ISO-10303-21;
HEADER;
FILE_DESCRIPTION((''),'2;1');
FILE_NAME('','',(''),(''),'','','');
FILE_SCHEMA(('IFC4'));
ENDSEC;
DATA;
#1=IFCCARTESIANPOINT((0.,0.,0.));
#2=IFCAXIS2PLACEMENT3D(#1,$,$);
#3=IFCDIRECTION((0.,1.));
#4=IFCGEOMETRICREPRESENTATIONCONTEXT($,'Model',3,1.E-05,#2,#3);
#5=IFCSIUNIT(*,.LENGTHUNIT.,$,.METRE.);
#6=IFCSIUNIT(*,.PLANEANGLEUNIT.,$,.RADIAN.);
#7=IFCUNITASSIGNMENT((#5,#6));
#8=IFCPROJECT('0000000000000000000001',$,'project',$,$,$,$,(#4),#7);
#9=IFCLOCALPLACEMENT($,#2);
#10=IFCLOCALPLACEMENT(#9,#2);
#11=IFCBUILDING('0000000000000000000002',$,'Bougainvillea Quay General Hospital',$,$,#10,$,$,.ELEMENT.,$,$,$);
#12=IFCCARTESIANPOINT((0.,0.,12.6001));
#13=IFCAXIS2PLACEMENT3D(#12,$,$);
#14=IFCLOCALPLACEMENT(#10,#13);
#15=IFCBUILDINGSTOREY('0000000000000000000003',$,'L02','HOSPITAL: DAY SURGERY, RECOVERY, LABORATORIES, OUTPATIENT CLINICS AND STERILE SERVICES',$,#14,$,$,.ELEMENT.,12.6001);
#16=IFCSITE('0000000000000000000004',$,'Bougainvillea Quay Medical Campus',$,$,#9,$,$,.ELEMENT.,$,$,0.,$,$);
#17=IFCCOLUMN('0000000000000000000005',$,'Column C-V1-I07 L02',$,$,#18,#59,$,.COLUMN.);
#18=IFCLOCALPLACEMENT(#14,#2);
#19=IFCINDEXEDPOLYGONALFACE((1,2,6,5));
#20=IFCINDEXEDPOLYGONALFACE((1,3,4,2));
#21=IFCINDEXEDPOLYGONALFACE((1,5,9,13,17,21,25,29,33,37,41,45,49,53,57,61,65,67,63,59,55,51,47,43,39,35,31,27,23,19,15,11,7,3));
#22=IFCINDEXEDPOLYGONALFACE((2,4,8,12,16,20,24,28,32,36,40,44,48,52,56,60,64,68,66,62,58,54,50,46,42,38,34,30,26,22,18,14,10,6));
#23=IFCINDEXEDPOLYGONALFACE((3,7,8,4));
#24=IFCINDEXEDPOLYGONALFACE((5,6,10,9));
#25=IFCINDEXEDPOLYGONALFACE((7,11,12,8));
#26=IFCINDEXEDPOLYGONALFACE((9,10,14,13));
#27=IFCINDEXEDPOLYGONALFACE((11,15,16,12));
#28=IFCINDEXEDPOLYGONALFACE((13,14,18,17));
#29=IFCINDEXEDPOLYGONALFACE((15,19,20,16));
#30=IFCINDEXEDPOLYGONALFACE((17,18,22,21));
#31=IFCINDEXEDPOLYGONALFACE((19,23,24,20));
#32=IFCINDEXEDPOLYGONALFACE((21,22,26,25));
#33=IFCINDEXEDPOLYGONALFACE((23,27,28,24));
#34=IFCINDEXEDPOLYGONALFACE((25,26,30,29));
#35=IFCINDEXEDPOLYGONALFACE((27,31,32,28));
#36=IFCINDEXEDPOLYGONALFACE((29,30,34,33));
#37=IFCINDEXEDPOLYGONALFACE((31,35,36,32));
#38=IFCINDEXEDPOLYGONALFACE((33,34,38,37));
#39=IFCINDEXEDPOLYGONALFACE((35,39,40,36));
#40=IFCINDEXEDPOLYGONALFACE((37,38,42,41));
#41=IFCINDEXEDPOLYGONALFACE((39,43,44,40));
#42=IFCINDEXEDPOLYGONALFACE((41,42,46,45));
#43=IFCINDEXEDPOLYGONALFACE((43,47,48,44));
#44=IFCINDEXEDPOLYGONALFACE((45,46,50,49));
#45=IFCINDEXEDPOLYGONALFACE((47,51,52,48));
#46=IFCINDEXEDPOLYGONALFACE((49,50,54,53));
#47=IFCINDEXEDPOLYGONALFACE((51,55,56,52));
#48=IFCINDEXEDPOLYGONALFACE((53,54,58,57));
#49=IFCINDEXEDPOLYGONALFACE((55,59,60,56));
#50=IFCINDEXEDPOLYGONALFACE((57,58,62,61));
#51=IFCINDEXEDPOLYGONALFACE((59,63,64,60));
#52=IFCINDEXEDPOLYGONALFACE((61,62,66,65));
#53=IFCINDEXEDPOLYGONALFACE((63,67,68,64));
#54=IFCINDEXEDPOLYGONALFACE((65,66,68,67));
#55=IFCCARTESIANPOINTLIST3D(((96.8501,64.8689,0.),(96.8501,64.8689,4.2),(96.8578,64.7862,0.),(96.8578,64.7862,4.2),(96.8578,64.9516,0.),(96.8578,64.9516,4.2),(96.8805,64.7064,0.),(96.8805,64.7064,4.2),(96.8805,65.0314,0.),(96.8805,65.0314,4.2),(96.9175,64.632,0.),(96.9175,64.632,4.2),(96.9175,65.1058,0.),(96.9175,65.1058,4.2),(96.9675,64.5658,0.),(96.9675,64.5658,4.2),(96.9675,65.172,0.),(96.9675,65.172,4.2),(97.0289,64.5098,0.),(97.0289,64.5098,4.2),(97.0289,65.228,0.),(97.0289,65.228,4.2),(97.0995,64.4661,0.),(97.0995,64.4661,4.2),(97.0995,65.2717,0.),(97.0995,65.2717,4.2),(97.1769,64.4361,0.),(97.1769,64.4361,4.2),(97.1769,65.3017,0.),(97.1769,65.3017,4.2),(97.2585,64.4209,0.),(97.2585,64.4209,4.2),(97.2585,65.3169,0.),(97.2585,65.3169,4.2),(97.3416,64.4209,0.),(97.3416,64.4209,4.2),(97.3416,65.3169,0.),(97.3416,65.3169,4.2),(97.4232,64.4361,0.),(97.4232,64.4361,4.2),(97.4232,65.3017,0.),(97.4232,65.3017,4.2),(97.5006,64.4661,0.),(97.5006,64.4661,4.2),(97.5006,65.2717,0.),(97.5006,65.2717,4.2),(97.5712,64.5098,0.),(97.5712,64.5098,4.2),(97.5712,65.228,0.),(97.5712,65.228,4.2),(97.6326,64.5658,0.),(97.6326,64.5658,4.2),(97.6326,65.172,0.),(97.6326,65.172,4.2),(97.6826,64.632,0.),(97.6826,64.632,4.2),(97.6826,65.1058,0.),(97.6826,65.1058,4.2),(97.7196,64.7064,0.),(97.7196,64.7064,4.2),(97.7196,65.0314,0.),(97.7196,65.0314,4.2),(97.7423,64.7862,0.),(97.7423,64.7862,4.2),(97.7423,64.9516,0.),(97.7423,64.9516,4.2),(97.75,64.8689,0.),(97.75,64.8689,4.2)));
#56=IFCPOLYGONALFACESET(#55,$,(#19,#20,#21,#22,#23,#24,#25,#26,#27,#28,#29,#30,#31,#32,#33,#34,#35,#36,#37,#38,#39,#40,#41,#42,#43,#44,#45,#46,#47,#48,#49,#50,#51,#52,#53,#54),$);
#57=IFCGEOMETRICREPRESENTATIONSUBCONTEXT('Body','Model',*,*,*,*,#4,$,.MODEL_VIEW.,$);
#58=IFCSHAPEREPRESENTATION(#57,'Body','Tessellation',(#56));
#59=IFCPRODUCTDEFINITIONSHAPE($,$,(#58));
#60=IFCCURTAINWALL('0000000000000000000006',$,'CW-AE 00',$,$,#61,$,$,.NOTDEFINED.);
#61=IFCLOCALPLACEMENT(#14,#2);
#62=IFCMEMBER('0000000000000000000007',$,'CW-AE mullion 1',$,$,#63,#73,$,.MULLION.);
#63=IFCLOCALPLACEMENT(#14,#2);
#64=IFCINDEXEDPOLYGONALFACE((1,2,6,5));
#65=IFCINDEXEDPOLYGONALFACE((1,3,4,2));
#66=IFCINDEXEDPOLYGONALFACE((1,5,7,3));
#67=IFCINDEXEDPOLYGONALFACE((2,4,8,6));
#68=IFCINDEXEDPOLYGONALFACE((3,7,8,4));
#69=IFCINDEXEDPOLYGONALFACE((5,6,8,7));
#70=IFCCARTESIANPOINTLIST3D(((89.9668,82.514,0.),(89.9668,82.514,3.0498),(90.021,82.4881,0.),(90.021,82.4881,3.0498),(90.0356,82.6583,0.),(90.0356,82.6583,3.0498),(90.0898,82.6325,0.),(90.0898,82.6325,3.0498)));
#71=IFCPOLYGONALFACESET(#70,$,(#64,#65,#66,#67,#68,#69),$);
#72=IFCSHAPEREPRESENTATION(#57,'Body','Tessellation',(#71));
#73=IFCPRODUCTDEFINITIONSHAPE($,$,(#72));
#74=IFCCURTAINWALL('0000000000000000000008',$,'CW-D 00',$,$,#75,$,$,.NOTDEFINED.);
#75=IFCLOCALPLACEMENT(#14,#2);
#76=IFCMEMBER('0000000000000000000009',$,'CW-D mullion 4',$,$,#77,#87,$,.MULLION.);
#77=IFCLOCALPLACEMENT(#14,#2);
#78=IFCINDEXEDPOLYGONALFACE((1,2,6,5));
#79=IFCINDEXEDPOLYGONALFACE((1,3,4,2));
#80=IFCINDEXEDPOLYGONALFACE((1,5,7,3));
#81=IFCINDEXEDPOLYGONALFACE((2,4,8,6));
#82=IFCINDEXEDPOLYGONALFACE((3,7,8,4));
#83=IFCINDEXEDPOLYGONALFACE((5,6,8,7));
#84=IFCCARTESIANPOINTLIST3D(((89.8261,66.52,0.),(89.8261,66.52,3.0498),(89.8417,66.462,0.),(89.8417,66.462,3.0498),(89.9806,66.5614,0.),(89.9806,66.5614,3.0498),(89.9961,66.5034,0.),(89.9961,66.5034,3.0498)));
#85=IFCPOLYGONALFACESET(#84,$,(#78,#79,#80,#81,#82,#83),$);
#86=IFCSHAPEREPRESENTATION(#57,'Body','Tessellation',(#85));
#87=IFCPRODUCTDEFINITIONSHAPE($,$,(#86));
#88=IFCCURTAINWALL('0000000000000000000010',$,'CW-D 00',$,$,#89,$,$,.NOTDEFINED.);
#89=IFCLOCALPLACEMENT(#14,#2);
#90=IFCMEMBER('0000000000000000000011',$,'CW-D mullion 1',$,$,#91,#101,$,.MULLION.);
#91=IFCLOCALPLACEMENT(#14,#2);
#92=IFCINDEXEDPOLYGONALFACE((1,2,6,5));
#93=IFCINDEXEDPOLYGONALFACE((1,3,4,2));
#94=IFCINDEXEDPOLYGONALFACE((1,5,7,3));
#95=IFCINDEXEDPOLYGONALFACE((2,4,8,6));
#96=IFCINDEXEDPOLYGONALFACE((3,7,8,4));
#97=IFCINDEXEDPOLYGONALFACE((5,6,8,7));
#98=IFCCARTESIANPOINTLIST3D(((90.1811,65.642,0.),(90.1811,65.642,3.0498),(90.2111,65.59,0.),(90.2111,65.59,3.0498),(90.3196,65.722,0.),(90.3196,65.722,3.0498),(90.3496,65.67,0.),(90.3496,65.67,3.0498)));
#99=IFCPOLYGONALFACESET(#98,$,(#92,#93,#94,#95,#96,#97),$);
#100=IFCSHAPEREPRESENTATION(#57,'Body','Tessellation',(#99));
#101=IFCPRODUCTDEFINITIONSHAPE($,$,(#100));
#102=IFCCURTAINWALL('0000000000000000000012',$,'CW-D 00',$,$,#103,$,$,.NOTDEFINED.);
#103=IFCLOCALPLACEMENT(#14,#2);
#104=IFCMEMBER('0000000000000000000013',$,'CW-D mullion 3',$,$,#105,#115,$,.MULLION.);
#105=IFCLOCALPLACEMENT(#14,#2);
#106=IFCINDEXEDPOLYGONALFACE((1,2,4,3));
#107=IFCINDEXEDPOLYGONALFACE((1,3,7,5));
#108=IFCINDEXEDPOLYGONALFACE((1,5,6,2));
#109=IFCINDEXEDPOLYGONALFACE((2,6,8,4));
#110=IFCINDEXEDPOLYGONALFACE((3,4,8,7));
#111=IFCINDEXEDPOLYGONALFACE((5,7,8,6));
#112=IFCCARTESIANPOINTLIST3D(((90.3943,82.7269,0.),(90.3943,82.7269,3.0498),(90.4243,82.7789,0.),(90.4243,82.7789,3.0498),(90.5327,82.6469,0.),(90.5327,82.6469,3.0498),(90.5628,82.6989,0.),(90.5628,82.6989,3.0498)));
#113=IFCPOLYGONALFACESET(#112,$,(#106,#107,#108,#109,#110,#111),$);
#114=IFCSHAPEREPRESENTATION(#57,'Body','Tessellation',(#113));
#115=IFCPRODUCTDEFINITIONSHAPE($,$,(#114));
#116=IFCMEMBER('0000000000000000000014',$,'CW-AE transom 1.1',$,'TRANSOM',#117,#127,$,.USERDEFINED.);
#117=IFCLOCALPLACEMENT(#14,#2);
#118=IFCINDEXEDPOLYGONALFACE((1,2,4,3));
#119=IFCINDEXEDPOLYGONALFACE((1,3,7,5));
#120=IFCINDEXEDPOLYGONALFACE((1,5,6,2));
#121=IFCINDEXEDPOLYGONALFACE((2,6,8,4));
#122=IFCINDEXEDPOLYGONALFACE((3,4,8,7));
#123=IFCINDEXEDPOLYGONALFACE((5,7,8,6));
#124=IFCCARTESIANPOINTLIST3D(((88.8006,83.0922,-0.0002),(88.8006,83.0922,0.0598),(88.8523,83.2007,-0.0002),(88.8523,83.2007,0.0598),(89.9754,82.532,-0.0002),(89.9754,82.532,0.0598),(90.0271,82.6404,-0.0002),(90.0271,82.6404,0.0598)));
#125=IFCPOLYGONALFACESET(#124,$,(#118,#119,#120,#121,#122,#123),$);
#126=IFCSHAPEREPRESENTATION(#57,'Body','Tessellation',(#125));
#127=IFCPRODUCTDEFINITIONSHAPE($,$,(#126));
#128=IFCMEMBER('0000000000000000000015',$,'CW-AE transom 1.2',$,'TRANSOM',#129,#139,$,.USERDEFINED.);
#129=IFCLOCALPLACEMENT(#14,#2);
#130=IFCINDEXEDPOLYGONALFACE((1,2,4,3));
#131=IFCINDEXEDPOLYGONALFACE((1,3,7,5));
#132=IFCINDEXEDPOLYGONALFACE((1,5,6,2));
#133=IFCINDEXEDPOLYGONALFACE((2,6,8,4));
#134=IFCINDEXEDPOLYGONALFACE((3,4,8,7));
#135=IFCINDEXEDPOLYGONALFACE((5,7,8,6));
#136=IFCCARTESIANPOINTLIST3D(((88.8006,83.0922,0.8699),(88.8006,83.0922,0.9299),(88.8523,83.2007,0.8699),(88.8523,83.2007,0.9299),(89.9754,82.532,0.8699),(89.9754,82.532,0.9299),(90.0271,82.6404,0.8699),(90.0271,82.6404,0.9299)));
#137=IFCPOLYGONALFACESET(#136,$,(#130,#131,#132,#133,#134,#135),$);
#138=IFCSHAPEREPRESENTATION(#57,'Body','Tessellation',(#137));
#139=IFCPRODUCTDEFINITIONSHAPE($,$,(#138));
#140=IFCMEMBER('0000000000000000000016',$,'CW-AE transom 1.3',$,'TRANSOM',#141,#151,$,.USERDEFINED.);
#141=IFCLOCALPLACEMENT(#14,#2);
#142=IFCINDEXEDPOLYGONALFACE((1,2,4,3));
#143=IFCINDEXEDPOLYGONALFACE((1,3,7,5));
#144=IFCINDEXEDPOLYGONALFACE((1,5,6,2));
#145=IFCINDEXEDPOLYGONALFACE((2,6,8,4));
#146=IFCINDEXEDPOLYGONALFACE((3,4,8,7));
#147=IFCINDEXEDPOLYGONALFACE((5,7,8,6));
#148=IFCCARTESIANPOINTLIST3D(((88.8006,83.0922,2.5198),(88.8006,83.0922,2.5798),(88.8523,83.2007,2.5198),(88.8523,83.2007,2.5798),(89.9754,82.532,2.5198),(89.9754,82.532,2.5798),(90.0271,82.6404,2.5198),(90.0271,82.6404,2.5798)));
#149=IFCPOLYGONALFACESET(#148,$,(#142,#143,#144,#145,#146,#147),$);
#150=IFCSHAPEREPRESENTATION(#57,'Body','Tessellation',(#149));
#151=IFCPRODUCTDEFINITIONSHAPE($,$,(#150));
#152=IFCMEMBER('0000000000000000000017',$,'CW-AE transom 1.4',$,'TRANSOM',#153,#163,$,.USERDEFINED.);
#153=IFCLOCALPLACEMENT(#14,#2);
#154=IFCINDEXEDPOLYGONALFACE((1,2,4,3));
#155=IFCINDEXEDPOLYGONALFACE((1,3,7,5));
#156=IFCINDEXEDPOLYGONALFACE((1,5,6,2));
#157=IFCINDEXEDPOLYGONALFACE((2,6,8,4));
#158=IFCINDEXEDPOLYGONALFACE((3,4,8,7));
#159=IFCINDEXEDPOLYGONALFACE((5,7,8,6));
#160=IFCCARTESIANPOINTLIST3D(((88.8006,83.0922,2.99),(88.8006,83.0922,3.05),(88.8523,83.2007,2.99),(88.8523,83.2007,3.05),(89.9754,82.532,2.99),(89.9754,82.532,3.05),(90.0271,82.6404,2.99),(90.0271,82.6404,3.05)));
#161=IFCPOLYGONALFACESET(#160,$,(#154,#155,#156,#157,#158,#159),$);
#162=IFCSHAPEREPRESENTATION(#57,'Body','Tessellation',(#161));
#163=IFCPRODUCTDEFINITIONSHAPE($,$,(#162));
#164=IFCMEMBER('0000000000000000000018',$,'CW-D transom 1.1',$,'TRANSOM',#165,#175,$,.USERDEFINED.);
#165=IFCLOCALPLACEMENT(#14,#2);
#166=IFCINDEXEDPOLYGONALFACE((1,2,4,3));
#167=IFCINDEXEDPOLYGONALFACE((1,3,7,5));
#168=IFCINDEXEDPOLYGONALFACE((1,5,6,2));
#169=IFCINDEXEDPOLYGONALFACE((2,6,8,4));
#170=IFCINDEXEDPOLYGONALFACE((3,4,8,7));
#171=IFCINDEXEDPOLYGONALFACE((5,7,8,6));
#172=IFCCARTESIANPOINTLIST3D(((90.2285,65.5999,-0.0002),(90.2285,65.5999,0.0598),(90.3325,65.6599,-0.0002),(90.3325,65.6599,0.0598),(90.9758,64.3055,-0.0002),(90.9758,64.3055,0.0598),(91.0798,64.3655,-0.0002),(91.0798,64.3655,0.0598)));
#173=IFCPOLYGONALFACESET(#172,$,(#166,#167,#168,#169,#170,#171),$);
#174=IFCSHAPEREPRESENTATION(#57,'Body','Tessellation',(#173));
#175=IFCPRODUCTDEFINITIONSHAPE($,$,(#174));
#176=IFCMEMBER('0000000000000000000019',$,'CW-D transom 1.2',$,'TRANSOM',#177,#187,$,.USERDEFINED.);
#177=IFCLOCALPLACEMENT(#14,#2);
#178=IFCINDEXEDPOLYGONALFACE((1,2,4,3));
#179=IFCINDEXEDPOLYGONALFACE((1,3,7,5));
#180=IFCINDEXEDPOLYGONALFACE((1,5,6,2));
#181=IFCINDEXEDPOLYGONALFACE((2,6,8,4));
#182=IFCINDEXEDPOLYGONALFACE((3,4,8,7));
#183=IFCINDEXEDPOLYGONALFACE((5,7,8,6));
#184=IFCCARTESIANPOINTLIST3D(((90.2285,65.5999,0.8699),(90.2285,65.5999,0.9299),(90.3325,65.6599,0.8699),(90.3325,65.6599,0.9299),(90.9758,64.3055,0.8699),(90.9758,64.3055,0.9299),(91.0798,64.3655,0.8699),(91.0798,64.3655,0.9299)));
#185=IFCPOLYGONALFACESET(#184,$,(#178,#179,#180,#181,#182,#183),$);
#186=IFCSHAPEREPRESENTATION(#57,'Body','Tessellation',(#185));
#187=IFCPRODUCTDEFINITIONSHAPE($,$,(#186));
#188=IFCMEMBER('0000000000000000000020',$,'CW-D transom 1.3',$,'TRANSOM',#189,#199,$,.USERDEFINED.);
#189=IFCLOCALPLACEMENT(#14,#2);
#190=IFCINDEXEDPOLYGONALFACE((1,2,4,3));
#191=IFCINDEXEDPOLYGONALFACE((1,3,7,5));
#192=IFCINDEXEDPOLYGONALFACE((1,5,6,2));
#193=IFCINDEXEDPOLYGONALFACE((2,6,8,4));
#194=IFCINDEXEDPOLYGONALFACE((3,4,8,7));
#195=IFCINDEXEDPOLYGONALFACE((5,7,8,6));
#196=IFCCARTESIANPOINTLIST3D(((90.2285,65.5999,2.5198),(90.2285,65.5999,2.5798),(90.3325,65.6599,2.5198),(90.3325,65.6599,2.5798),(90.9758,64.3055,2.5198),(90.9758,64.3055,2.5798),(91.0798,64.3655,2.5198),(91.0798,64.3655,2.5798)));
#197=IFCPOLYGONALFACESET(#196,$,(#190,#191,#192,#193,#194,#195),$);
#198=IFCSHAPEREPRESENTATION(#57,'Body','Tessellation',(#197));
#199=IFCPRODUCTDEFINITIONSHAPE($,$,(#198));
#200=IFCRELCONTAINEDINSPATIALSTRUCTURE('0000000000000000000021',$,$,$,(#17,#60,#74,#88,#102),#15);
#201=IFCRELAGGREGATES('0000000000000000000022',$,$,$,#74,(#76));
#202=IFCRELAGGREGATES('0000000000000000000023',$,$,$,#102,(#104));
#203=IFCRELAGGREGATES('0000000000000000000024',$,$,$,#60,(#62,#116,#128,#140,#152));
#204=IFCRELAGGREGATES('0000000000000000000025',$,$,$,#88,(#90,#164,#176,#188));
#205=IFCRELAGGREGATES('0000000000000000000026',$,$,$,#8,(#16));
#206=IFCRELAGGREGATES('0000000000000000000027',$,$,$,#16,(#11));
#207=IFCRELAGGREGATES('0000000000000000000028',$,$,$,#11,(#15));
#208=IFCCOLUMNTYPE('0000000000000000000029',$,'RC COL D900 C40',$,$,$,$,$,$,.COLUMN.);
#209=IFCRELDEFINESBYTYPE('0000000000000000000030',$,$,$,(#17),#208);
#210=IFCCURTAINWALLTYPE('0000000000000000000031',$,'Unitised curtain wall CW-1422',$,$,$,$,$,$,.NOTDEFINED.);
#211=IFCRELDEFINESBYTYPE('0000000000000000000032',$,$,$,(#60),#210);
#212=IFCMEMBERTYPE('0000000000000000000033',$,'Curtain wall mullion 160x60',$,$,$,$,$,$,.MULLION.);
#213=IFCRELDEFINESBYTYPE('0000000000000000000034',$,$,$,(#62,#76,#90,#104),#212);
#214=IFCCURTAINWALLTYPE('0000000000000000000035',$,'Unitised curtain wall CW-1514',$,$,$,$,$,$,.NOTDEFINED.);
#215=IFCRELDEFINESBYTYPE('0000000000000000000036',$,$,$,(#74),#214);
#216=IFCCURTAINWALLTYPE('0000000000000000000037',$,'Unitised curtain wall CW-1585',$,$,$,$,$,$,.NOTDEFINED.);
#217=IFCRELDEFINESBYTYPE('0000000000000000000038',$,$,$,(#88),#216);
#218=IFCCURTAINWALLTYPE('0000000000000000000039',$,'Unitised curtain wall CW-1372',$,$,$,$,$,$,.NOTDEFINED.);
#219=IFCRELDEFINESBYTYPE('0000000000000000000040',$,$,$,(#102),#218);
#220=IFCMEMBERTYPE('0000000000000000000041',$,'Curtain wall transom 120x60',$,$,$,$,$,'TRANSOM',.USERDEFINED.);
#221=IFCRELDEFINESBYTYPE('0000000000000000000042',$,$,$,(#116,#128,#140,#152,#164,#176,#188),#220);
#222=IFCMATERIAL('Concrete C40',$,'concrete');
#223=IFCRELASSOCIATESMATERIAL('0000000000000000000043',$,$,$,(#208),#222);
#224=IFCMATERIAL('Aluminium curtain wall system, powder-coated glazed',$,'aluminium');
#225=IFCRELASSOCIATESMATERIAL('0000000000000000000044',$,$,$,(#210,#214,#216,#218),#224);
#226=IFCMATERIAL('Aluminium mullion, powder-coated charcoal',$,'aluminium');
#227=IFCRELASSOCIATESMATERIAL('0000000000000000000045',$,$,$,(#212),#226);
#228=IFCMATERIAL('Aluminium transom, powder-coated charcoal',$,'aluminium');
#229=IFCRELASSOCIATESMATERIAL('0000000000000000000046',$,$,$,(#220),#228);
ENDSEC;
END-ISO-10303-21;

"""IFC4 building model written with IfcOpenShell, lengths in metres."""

from ifc_helpers import new_model, si_unit, direction, frame, origin, origin_2d, place, context, subcontext, project, spatial, rectangle, circle, extrude, material, material_profile, profile_set, type_object, element, aggregate, save


model = new_model("IFC4")

# Units and contexts
model_context = context("Model", 3, precision=1e-05, world=origin(), true_north=direction((0.0, 1.0)))
body_context = subcontext(model_context, "Body", "Model", "MODEL_VIEW")
ifc_project = project(units=[si_unit("LENGTHUNIT", "METRE"), si_unit("PLANEANGLEUNIT", "RADIAN")], contexts=[model_context])

# Site, building, storey
site_placement = place(None, origin())
site = spatial("IfcSite", under=ifc_project, at=site_placement, Name="Bougainvillea Quay Medical Campus", CompositionType="ELEMENT", RefElevation=0.0)
building_placement = place(site_placement, origin())
building = spatial("IfcBuilding", under=site, at=building_placement, Name="Bougainvillea Quay General Hospital", CompositionType="ELEMENT")
storey_placement = place(building_placement, frame((0.0, 0.0, 12.6001)))
storey = spatial("IfcBuildingStorey", under=building, at=storey_placement, Name="L02", Description="HOSPITAL: DAY SURGERY, RECOVERY, LABORATORIES, OUTPATIENT CLINICS AND STERILE SERVICES", CompositionType="ELEMENT", Elevation=12.6001)

# Column
ifc_material_1 = material(Name="Concrete C40", Category="concrete")
ifc_material_profile_1 = material_profile(ifc_material_1, circle(Radius=0.45, at=origin_2d()))
ifc_profile_set_1 = profile_set([ifc_material_profile_1], Name="Concrete C40")
column_type = type_object("IfcColumnType", Name="RC COL D900 C40", PredefinedType="COLUMN", material=ifc_profile_set_1)
for number, where, z_axis, x_axis, name in (
    (1, (97.3, 64.8689, 0.0), (0.0, 0.0, 1.0), (1.0, 0.0, 0.0), "Column C-V1-I07 L02"),
):
    element("IfcColumn", number, at=place(storey_placement, frame(where, z_axis=z_axis, x_axis=x_axis)), inside=storey, type_object=column_type, Name=name, PredefinedType="COLUMN", context=body_context, shape_type="SweptSolid", body=[
        extrude(circle(Radius=0.45, at=origin_2d()), origin(), (0.0, 0.0, 1.0), 4.2),
    ])

# Curtain walls, members
ifc_material_2 = material(Name="Aluminium curtain wall system, powder-coated glazed", Category="aluminium")
curtain_wall_type_1 = type_object("IfcCurtainWallType", Name="Unitised curtain wall CW-1422", PredefinedType="NOTDEFINED", material=ifc_material_2)
curtain_wall_1_placement = place(storey_placement, origin())
curtain_wall_1 = element("IfcCurtainWall", 2, at=curtain_wall_1_placement, inside=storey, type_object=curtain_wall_type_1, Name="CW-AE 00", PredefinedType="NOTDEFINED")
ifc_material_3 = material(Name="Aluminium mullion, powder-coated charcoal", Category="aluminium")
ifc_material_profile_2 = material_profile(ifc_material_3, rectangle(XDim=0.1599, YDim=0.0601, at=origin_2d()))
ifc_profile_set_2 = profile_set([ifc_material_profile_2], Name="Aluminium mullion, powder-coated charcoal")
member_type_1 = type_object("IfcMemberType", Name="Curtain wall mullion 160x60", PredefinedType="MULLION", material=ifc_profile_set_2)
member_1_placement = place(storey_placement, frame((90.0283, 82.5732, 0.0), z_axis=(0.0, 0.0, 1.0), x_axis=(-0.430534, -0.902574, 0.0)))
member_1 = element("IfcMember", 3, at=member_1_placement, type_object=member_type_1, Name="CW-AE mullion 1", PredefinedType="MULLION", context=body_context, shape_type="SweptSolid", body=[
    extrude(rectangle(XDim=0.1599, YDim=0.0601, at=origin_2d()), origin(), (0.0, 0.0, 1.0), 3.0498),
])
curtain_wall_type_2 = type_object("IfcCurtainWallType", Name="Unitised curtain wall CW-1514", PredefinedType="NOTDEFINED", material=ifc_material_2)
curtain_wall_2_placement = place(storey_placement, origin())
curtain_wall_2 = element("IfcCurtainWall", 4, at=curtain_wall_2_placement, inside=storey, type_object=curtain_wall_type_2, Name="CW-D 00", PredefinedType="NOTDEFINED")
member_2_placement = place(storey_placement, frame((89.9111, 66.5117, 0.0), z_axis=(0.0, 0.0, 1.0), x_axis=(0.965916, 0.258855, 0.0)))
member_2 = element("IfcMember", 5, at=member_2_placement, type_object=member_type_1, Name="CW-D mullion 4", PredefinedType="MULLION", context=body_context, shape_type="SweptSolid", body=[
    extrude(rectangle(XDim=0.1599, YDim=0.0601, at=origin_2d()), origin(), (0.0, 0.0, 1.0), 3.0498),
])
aggregate(curtain_wall_2, [member_2])
curtain_wall_type_3 = type_object("IfcCurtainWallType", Name="Unitised curtain wall CW-1585", PredefinedType="NOTDEFINED", material=ifc_material_2)
curtain_wall_3_placement = place(storey_placement, origin())
curtain_wall_3 = element("IfcCurtainWall", 6, at=curtain_wall_3_placement, inside=storey, type_object=curtain_wall_type_3, Name="CW-D 00", PredefinedType="NOTDEFINED")
member_3_placement = place(storey_placement, frame((90.2654, 65.656, 0.0), z_axis=(0.0, 0.0, 1.0), x_axis=(0.866046, 0.499965, 0.0)))
member_3 = element("IfcMember", 7, at=member_3_placement, type_object=member_type_1, Name="CW-D mullion 1", PredefinedType="MULLION", context=body_context, shape_type="SweptSolid", body=[
    extrude(rectangle(XDim=0.1599, YDim=0.0601, at=origin_2d()), origin(), (0.0, 0.0, 1.0), 3.0498),
])
curtain_wall_type_4 = type_object("IfcCurtainWallType", Name="Unitised curtain wall CW-1372", PredefinedType="NOTDEFINED", material=ifc_material_2)
curtain_wall_4_placement = place(storey_placement, origin())
curtain_wall_4 = element("IfcCurtainWall", 8, at=curtain_wall_4_placement, inside=storey, type_object=curtain_wall_type_4, Name="CW-D 00", PredefinedType="NOTDEFINED")
member_4_placement = place(storey_placement, frame((90.4785, 82.7129, 0.0), z_axis=(0.0, 0.0, 1.0), x_axis=(0.866048, -0.499962, 0.0)))
member_4 = element("IfcMember", 9, at=member_4_placement, type_object=member_type_1, Name="CW-D mullion 3", PredefinedType="MULLION", context=body_context, shape_type="SweptSolid", body=[
    extrude(rectangle(XDim=0.1599, YDim=0.0601, at=origin_2d()), origin(), (0.0, 0.0, 1.0), 3.0498),
])
aggregate(curtain_wall_4, [member_4])

# Members
ifc_material_4 = material(Name="Aluminium transom, powder-coated charcoal", Category="aluminium")
ifc_material_profile_3 = material_profile(ifc_material_4, rectangle(XDim=0.1201, YDim=0.0601, at=origin_2d()))
ifc_profile_set_3 = profile_set([ifc_material_profile_3], Name="Aluminium transom, powder-coated charcoal")
member_type_2 = type_object("IfcMemberType", Name="Curtain wall transom 120x60", ElementType="TRANSOM", PredefinedType="USERDEFINED", material=ifc_profile_set_3)
member_5_placement = place(storey_placement, frame((90.0012, 82.5862, 0.0298), z_axis=(-0.9026, 0.43048, 0.0), x_axis=(-0.43048, -0.9026, 0.0)))
member_5 = element("IfcMember", 10, at=member_5_placement, type_object=member_type_2, Name="CW-AE transom 1.1", ObjectType="TRANSOM", PredefinedType="USERDEFINED", context=body_context, shape_type="SweptSolid", body=[
    extrude(rectangle(XDim=0.1201, YDim=0.0601, at=origin_2d()), origin(), (0.0, 0.0, 1.0), 1.3015),
])
member_6_placement = place(storey_placement, frame((90.0012, 82.5862, 0.8999), z_axis=(-0.9026, 0.43048, 0.0), x_axis=(-0.43048, -0.9026, 0.0)))
member_6 = element("IfcMember", 11, at=member_6_placement, type_object=member_type_2, Name="CW-AE transom 1.2", ObjectType="TRANSOM", PredefinedType="USERDEFINED", context=body_context, shape_type="SweptSolid", body=[
    extrude(rectangle(XDim=0.1201, YDim=0.0601, at=origin_2d()), origin(), (0.0, 0.0, 1.0), 1.3015),
])
member_7_placement = place(storey_placement, frame((90.0012, 82.5862, 2.5498), z_axis=(-0.9026, 0.43048, 0.0), x_axis=(-0.43048, -0.9026, 0.0)))
member_7 = element("IfcMember", 12, at=member_7_placement, type_object=member_type_2, Name="CW-AE transom 1.3", ObjectType="TRANSOM", PredefinedType="USERDEFINED", context=body_context, shape_type="SweptSolid", body=[
    extrude(rectangle(XDim=0.1201, YDim=0.0601, at=origin_2d()), origin(), (0.0, 0.0, 1.0), 1.3015),
])
member_8_placement = place(storey_placement, frame((90.0012, 82.5862, 3.02), z_axis=(-0.9026, 0.43048, 0.0), x_axis=(-0.43048, -0.9026, 0.0)))
member_8 = element("IfcMember", 13, at=member_8_placement, type_object=member_type_2, Name="CW-AE transom 1.4", ObjectType="TRANSOM", PredefinedType="USERDEFINED", context=body_context, shape_type="SweptSolid", body=[
    extrude(rectangle(XDim=0.1201, YDim=0.0601, at=origin_2d()), origin(), (0.0, 0.0, 1.0), 1.3015),
])
aggregate(curtain_wall_1, [member_1, member_5, member_6, member_7, member_8])
member_9_placement = place(storey_placement, frame((90.2805, 65.6299, 0.0298), z_axis=(0.499986, -0.866033, 0.0), x_axis=(0.866033, 0.499986, 0.0)))
member_9 = element("IfcMember", 14, at=member_9_placement, type_object=member_type_2, Name="CW-D transom 1.1", ObjectType="TRANSOM", PredefinedType="USERDEFINED", context=body_context, shape_type="SweptSolid", body=[
    extrude(rectangle(XDim=0.1201, YDim=0.0601, at=origin_2d()), origin(), (0.0, 0.0, 1.0), 1.4946),
])
member_10_placement = place(storey_placement, frame((90.2805, 65.6299, 0.8999), z_axis=(0.499986, -0.866033, 0.0), x_axis=(0.866033, 0.499986, 0.0)))
member_10 = element("IfcMember", 15, at=member_10_placement, type_object=member_type_2, Name="CW-D transom 1.2", ObjectType="TRANSOM", PredefinedType="USERDEFINED", context=body_context, shape_type="SweptSolid", body=[
    extrude(rectangle(XDim=0.1201, YDim=0.0601, at=origin_2d()), origin(), (0.0, 0.0, 1.0), 1.4946),
])
member_11_placement = place(storey_placement, frame((90.2805, 65.6299, 2.5498), z_axis=(0.499986, -0.866033, 0.0), x_axis=(0.866033, 0.499986, 0.0)))
member_11 = element("IfcMember", 16, at=member_11_placement, type_object=member_type_2, Name="CW-D transom 1.3", ObjectType="TRANSOM", PredefinedType="USERDEFINED", context=body_context, shape_type="SweptSolid", body=[
    extrude(rectangle(XDim=0.1201, YDim=0.0601, at=origin_2d()), origin(), (0.0, 0.0, 1.0), 1.4946),
])

aggregate(curtain_wall_3, [member_3, member_9, member_10, member_11])

save(model, "model.ifc")
